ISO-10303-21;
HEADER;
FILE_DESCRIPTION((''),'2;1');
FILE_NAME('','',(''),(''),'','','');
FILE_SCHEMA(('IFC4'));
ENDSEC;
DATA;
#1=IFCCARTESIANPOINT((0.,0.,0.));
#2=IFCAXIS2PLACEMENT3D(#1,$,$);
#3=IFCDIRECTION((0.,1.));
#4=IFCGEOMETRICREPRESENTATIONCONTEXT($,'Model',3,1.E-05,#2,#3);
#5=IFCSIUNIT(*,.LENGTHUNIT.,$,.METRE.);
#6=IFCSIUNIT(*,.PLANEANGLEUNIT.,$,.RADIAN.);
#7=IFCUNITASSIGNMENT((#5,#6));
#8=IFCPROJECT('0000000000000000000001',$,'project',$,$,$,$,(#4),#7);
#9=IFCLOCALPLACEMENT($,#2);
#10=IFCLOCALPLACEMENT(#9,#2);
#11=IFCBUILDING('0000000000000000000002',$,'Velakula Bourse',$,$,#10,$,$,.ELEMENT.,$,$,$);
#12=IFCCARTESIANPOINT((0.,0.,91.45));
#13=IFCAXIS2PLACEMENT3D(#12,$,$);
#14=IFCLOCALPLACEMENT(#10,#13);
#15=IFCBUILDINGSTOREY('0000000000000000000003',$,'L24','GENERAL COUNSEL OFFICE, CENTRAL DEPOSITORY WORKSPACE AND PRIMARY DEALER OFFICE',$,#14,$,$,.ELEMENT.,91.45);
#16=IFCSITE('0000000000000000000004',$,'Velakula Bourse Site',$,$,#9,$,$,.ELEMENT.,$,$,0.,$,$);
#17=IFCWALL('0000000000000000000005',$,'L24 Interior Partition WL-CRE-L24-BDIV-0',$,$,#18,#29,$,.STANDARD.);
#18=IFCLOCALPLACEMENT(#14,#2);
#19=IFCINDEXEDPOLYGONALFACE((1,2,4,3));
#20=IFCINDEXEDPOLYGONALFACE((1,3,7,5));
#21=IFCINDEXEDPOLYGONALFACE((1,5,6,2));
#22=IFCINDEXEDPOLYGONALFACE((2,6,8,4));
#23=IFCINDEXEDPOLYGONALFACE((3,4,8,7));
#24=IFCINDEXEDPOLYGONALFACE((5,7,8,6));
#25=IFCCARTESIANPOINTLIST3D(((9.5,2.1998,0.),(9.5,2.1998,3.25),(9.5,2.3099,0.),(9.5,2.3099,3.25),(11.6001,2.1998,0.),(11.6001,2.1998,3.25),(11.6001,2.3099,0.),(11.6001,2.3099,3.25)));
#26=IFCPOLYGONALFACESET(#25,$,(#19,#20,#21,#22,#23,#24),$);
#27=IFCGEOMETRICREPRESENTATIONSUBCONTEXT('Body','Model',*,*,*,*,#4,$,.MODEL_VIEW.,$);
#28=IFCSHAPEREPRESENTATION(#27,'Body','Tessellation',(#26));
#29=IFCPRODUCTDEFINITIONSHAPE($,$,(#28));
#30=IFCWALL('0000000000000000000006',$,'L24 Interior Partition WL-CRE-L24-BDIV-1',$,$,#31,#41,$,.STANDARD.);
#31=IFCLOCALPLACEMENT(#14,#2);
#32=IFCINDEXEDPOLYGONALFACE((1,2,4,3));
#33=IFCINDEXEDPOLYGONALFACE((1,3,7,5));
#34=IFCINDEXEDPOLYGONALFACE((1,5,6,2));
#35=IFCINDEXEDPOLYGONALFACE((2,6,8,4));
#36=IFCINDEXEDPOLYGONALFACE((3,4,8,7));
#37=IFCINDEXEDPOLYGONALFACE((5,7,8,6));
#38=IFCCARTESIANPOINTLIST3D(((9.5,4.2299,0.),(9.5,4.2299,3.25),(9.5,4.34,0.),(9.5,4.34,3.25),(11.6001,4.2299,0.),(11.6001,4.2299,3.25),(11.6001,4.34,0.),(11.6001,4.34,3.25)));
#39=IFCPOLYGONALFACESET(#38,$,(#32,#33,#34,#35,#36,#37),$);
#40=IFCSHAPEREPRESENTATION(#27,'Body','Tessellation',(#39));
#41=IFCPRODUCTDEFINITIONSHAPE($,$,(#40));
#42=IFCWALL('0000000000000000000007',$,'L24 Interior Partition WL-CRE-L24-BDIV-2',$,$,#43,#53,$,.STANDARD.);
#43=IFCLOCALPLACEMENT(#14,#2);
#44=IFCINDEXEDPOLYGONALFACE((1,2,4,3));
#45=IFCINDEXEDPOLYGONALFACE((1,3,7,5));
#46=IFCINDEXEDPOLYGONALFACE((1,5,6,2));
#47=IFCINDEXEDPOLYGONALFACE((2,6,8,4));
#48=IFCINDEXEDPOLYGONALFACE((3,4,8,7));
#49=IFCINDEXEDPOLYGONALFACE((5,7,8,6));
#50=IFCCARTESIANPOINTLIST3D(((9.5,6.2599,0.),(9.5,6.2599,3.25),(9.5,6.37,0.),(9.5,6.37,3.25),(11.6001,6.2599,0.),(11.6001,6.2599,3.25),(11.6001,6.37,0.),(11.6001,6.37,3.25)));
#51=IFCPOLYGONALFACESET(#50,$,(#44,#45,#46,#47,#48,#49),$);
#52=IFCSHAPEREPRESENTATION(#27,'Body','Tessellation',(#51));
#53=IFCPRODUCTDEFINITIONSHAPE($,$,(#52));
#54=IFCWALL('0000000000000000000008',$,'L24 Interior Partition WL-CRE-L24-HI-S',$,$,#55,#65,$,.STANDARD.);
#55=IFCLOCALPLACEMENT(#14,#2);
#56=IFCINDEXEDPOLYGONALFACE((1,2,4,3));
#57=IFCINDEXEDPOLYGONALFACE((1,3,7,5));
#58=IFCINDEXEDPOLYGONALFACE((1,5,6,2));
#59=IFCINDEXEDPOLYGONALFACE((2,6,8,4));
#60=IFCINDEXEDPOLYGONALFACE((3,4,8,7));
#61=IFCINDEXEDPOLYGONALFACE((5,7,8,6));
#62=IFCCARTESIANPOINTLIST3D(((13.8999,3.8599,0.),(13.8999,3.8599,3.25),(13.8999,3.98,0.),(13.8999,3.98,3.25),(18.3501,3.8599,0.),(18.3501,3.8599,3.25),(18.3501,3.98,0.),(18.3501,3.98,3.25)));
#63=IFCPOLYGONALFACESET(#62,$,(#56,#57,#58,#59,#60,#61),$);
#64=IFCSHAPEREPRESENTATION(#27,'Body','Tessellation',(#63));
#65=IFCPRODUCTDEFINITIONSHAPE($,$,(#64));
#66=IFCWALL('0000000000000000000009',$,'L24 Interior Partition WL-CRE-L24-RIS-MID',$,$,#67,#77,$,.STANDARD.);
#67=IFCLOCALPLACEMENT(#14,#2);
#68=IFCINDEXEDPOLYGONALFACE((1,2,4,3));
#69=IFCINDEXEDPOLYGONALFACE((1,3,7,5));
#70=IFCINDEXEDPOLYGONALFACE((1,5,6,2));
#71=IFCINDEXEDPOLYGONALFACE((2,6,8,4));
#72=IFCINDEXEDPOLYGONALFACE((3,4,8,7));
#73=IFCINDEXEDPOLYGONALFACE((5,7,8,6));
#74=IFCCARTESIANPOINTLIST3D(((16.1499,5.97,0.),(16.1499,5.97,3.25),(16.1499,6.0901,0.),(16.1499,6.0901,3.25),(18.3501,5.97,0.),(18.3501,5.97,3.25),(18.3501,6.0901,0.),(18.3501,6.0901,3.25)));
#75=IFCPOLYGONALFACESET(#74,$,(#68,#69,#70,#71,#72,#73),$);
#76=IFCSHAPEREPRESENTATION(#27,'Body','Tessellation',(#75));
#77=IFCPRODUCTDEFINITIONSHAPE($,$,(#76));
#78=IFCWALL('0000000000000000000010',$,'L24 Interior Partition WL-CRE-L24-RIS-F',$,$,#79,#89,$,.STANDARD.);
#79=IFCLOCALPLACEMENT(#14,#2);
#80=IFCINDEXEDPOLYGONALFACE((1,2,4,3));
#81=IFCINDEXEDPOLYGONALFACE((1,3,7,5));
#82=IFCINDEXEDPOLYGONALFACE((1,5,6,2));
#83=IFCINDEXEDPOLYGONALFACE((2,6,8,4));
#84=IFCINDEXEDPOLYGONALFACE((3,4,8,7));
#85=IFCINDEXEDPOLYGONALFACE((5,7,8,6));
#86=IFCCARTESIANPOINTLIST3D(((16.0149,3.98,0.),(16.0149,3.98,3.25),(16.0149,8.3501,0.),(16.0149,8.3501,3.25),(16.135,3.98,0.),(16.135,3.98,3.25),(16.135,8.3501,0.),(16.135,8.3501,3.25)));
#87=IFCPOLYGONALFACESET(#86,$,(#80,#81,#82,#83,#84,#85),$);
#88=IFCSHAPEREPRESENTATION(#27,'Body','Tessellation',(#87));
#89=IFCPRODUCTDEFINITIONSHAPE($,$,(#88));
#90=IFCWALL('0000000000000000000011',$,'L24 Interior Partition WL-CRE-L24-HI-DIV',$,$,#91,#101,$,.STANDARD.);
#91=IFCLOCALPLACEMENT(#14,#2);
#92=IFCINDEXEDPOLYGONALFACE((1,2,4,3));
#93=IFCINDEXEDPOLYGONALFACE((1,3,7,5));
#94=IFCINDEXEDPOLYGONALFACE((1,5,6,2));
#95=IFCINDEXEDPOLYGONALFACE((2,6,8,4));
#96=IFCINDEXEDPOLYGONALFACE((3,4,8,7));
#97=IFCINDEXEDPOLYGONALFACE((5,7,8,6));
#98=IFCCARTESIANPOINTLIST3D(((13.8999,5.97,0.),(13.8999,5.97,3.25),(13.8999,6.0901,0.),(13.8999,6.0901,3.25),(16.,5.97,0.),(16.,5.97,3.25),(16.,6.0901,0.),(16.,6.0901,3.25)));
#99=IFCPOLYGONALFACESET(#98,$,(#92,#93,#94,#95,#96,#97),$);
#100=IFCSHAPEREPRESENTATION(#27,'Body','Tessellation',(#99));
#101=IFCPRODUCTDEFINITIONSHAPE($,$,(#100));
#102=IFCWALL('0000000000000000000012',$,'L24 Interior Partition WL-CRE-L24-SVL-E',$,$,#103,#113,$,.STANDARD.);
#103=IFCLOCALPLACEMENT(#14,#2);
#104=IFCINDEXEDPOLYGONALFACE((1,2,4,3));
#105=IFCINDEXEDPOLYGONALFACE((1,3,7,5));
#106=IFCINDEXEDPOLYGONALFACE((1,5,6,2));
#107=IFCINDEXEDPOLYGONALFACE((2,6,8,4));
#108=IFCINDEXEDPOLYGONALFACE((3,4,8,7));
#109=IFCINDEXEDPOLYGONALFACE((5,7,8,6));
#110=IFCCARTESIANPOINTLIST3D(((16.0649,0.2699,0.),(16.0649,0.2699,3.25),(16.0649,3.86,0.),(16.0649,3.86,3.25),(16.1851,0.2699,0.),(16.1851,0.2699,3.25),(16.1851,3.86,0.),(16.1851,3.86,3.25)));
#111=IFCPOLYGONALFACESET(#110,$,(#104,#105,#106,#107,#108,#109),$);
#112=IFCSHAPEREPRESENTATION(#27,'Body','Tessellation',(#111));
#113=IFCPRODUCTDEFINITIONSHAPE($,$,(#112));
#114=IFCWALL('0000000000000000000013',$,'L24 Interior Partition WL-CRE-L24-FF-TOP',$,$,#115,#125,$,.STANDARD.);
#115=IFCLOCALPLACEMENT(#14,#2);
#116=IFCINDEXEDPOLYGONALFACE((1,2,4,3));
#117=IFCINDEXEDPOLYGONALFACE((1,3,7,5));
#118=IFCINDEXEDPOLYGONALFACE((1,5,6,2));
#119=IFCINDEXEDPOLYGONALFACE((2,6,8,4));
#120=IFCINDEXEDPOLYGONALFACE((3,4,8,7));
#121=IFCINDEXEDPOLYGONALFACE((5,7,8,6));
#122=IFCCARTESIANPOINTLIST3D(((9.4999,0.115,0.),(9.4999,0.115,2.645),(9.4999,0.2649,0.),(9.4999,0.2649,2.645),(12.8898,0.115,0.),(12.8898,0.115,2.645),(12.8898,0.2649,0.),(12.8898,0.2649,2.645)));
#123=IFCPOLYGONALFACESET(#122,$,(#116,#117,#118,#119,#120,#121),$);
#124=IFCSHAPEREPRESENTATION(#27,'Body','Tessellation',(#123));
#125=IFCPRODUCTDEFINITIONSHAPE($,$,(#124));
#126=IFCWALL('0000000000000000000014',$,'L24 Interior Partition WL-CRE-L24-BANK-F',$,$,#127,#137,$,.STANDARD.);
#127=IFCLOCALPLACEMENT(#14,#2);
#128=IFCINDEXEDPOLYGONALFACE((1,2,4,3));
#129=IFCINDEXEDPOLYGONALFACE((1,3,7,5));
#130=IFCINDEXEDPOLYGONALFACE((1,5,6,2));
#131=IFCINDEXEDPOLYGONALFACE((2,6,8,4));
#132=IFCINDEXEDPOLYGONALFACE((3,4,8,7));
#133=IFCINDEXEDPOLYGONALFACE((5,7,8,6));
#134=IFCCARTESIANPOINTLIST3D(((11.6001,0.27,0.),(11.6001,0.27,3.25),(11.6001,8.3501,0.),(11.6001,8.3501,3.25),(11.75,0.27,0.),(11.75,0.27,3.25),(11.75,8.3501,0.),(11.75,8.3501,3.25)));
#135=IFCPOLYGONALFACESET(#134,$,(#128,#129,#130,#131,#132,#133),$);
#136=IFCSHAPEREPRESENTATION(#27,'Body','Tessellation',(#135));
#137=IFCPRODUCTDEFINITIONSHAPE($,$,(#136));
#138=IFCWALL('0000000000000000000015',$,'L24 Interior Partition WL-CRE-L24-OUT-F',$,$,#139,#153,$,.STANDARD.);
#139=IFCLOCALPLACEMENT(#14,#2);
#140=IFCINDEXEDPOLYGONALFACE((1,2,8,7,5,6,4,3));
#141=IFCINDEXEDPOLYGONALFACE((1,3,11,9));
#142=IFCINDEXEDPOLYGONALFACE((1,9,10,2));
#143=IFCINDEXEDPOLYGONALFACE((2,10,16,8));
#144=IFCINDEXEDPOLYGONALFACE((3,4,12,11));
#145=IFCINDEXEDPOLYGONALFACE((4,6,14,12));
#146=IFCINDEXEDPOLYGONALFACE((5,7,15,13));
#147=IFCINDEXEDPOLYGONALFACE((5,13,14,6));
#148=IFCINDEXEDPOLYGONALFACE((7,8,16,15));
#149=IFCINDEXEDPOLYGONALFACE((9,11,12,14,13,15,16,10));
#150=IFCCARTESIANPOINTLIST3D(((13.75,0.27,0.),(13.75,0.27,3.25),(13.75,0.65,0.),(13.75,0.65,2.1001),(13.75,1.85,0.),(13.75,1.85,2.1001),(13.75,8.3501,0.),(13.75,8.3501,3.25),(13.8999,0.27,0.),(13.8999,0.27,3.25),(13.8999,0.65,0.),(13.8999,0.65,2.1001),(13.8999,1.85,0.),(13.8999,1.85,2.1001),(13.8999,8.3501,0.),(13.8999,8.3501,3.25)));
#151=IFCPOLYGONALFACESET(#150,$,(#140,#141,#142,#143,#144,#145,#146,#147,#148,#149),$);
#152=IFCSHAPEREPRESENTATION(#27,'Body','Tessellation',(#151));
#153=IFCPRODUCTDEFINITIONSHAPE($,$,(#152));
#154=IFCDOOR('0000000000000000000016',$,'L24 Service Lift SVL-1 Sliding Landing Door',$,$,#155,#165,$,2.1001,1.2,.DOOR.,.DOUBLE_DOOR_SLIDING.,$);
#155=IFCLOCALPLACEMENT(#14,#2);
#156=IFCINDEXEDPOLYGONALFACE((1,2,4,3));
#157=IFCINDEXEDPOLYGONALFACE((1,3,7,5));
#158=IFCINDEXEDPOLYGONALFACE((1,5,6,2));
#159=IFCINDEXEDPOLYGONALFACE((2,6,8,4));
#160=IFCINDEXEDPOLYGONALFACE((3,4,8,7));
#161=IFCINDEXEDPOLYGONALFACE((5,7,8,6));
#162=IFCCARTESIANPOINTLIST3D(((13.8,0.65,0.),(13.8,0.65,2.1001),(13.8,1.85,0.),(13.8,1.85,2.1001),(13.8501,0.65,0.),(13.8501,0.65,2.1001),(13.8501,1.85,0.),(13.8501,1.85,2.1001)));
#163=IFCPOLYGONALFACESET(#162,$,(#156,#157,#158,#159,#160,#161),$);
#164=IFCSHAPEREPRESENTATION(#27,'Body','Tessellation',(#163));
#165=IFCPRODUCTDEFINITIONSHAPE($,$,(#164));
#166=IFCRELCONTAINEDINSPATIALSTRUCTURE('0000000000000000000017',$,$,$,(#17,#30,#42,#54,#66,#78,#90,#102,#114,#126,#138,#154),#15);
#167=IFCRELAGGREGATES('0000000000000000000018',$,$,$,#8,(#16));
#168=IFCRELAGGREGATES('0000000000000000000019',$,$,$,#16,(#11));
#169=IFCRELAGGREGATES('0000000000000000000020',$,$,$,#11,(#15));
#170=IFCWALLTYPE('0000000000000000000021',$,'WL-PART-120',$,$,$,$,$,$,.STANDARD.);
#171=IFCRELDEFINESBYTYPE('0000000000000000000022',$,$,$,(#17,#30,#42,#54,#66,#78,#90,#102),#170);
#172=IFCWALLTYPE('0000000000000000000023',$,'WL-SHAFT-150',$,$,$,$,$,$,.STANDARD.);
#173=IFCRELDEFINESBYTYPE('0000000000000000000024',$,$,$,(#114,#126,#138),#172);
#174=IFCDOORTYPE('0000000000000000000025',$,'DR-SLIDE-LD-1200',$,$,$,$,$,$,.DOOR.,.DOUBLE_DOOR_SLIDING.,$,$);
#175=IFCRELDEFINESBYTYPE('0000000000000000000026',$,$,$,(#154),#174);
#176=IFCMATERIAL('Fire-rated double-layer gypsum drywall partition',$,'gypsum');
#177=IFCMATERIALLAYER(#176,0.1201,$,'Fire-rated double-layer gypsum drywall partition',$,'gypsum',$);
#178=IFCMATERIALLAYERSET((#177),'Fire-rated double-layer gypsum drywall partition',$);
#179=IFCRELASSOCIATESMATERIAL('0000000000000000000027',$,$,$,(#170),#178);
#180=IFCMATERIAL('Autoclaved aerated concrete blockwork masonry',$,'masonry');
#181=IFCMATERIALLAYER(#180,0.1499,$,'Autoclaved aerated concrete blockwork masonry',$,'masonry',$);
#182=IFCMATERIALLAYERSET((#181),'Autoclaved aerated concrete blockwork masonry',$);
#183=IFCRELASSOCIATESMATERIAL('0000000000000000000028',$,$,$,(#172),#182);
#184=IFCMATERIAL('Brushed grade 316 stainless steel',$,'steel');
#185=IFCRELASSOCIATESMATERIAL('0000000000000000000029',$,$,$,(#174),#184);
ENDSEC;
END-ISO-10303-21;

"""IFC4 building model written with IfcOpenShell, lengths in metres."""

from ifc_helpers import new_model, si_unit, direction, frame, frame_2d, origin, place, context, subcontext, project, spatial, rectangle, extrude, material, layer, layer_set, type_object, element, fill, save


model = new_model("IFC4")

# Units and contexts
model_context = context("Model", 3, precision=1e-05, world=origin(), true_north=direction((0.0, 1.0)))
body_context = subcontext(model_context, "Body", "Model", "MODEL_VIEW")
ifc_project = project(units=[si_unit("LENGTHUNIT", "METRE"), si_unit("PLANEANGLEUNIT", "RADIAN")], contexts=[model_context])

# Site, building, storey
site_placement = place(None, origin())
site = spatial("IfcSite", under=ifc_project, at=site_placement, Name="Velakula Bourse Site", CompositionType="ELEMENT", RefElevation=0.0)
building_placement = place(site_placement, origin())
building = spatial("IfcBuilding", under=site, at=building_placement, Name="Velakula Bourse", CompositionType="ELEMENT")
storey_placement = place(building_placement, frame((0.0, 0.0, 91.45)))
storey = spatial("IfcBuildingStorey", under=building, at=storey_placement, Name="L24", Description="GENERAL COUNSEL OFFICE, CENTRAL DEPOSITORY WORKSPACE AND PRIMARY DEALER OFFICE", CompositionType="ELEMENT", Elevation=91.45)

# Shared definitions
ifc_material_1 = material(Name="Fire-rated double-layer gypsum drywall partition", Category="gypsum")
ifc_layer_1 = layer(ifc_material_1, 0.1201, Name="Fire-rated double-layer gypsum drywall partition", Category="gypsum")
ifc_layer_set_1 = layer_set([ifc_layer_1], Name="Fire-rated double-layer gypsum drywall partition")
wall_type_1 = type_object("IfcWallType", Name="WL-PART-120", PredefinedType="STANDARD", material=ifc_layer_set_1)

# Walls
for number, where, z_axis, x_axis, name in (
    (1, (9.5, 2.2549, 0.0), (0.0, 0.0, 1.0), (1.0, 0.0, 0.0), "L24 Interior Partition WL-CRE-L24-BDIV-0"),
    (2, (9.5, 4.2849, 0.0), (0.0, 0.0, 1.0), (1.0, 0.0, 0.0), "L24 Interior Partition WL-CRE-L24-BDIV-1"),
    (3, (9.5, 6.3149, 0.0), (0.0, 0.0, 1.0), (1.0, 0.0, 0.0), "L24 Interior Partition WL-CRE-L24-BDIV-2"),
):
    element("IfcWall", number, at=place(storey_placement, frame(where, z_axis=z_axis, x_axis=x_axis)), inside=storey, type_object=wall_type_1, Name=name, PredefinedType="STANDARD", context=body_context, shape_type="SweptSolid", body=[
        extrude(rectangle(XDim=2.1001, YDim=0.1101, at=frame_2d((1.05, 0.0))), origin(), (0.0, 0.0, 1.0), 3.25),
    ])
wall_1_placement = place(storey_placement, frame((13.8999, 3.9199, 0.0), z_axis=(0.0, 0.0, 1.0), x_axis=(1.0, 0.0, 0.0)))
element("IfcWall", 4, at=wall_1_placement, inside=storey, type_object=wall_type_1, Name="L24 Interior Partition WL-CRE-L24-HI-S", PredefinedType="STANDARD", context=body_context, shape_type="SweptSolid", body=[
    extrude(rectangle(XDim=4.4502, YDim=0.1201, at=frame_2d((2.2251, 0.0))), origin(), (0.0, 0.0, 1.0), 3.25),
])
wall_2_placement = place(storey_placement, frame((16.1499, 6.03, 0.0), z_axis=(0.0, 0.0, 1.0), x_axis=(1.0, 0.0, 0.0)))
element("IfcWall", 5, at=wall_2_placement, inside=storey, type_object=wall_type_1, Name="L24 Interior Partition WL-CRE-L24-RIS-MID", PredefinedType="STANDARD", context=body_context, shape_type="SweptSolid", body=[
    extrude(rectangle(XDim=2.2002, YDim=0.1201, at=frame_2d((1.1001, 0.0))), origin(), (0.0, 0.0, 1.0), 3.25),
])
wall_3_placement = place(storey_placement, frame((16.075, 3.98, 0.0), z_axis=(0.0, 0.0, 1.0), x_axis=(0.0, 1.0, 0.0)))
element("IfcWall", 6, at=wall_3_placement, inside=storey, type_object=wall_type_1, Name="L24 Interior Partition WL-CRE-L24-RIS-F", PredefinedType="STANDARD", context=body_context, shape_type="SweptSolid", body=[
    extrude(rectangle(XDim=4.3701, YDim=0.1201, at=frame_2d((2.1851, 0.0))), origin(), (0.0, 0.0, 1.0), 3.25),
])
wall_4_placement = place(storey_placement, frame((13.8999, 6.03, 0.0), z_axis=(0.0, 0.0, 1.0), x_axis=(1.0, 0.0, 0.0)))
element("IfcWall", 7, at=wall_4_placement, inside=storey, type_object=wall_type_1, Name="L24 Interior Partition WL-CRE-L24-HI-DIV", PredefinedType="STANDARD", context=body_context, shape_type="SweptSolid", body=[
    extrude(rectangle(XDim=2.1001, YDim=0.1201, at=frame_2d((1.05, 0.0))), origin(), (0.0, 0.0, 1.0), 3.25),
])
wall_5_placement = place(storey_placement, frame((16.125, 0.27, 0.0), z_axis=(0.0, 0.0, 1.0), x_axis=(0.0, 1.0, 0.0)))
element("IfcWall", 8, at=wall_5_placement, inside=storey, type_object=wall_type_1, Name="L24 Interior Partition WL-CRE-L24-SVL-E", PredefinedType="STANDARD", context=body_context, shape_type="SweptSolid", body=[
    extrude(rectangle(XDim=3.5901, YDim=0.1201, at=frame_2d((1.7949, 0.0))), origin(), (0.0, 0.0, 1.0), 3.25),
])
ifc_material_2 = material(Name="Autoclaved aerated concrete blockwork masonry", Category="masonry")
ifc_layer_2 = layer(ifc_material_2, 0.1499, Name="Autoclaved aerated concrete blockwork masonry", Category="masonry")
ifc_layer_set_2 = layer_set([ifc_layer_2], Name="Autoclaved aerated concrete blockwork masonry")
wall_type_2 = type_object("IfcWallType", Name="WL-SHAFT-150", PredefinedType="STANDARD", material=ifc_layer_set_2)
wall_6_placement = place(storey_placement, frame((9.5, 0.1899, 0.0), z_axis=(0.0, 0.0, 1.0), x_axis=(1.0, 0.0, 0.0)))
element("IfcWall", 9, at=wall_6_placement, inside=storey, type_object=wall_type_2, Name="L24 Interior Partition WL-CRE-L24-FF-TOP", PredefinedType="STANDARD", context=body_context, shape_type="SweptSolid", body=[
    extrude(rectangle(XDim=3.3899, YDim=0.1499, at=frame_2d((1.6948, 0.0))), origin(), (0.0, 0.0, 1.0), 2.645),
])
wall_7_placement = place(storey_placement, frame((11.675, 0.27, 0.0), z_axis=(0.0, 0.0, 1.0), x_axis=(0.0, 1.0, 0.0)))
element("IfcWall", 10, at=wall_7_placement, inside=storey, type_object=wall_type_2, Name="L24 Interior Partition WL-CRE-L24-BANK-F", PredefinedType="STANDARD", context=body_context, shape_type="SweptSolid", body=[
    extrude(rectangle(XDim=8.0801, YDim=0.1499, at=frame_2d((4.04, 0.0))), origin(), (0.0, 0.0, 1.0), 3.25),
])

# Wall, opening, door
wall_8_placement = place(storey_placement, frame((13.825, 0.27, 0.0), z_axis=(0.0, 0.0, 1.0), x_axis=(0.0, 1.0, 0.0)))
wall_8 = element("IfcWall", 11, at=wall_8_placement, inside=storey, type_object=wall_type_2, Name="L24 Interior Partition WL-CRE-L24-OUT-F", PredefinedType="STANDARD", context=body_context, shape_type="SweptSolid", body=[
    extrude(rectangle(XDim=8.0801, YDim=0.1499, at=frame_2d((4.04, 0.0))), origin(), (0.0, 0.0, 1.0), 3.25),
])
opening_1_placement = place(wall_8_placement, frame((0.3799, 0.0, 0.0)))
opening_1 = element("IfcOpeningElement", 12, at=opening_1_placement, cuts=wall_8, PredefinedType="OPENING", context=body_context, shape_type="SweptSolid", body=[
    extrude(rectangle(XDim=1.2, YDim=2.1001, at=frame_2d((0.6001, 1.05))), frame((0.0, 0.085, 0.0), z_axis=(0.0, -1.0, 0.0), x_axis=(1.0, 0.0, 0.0)), (0.0, 0.0, 1.0), 0.1699),
])
ifc_material_3 = material(Name="Brushed grade 316 stainless steel", Category="steel")
door_type_1 = type_object("IfcDoorType", Name="DR-SLIDE-LD-1200", OperationType="DOUBLE_DOOR_SLIDING", PredefinedType="DOOR", material=ifc_material_3)
door_1_placement = place(opening_1_placement, origin())
door_1 = element("IfcDoor", 13, at=door_1_placement, inside=storey, type_object=door_type_1, Name="L24 Service Lift SVL-1 Sliding Landing Door", OperationType="DOUBLE_DOOR_SLIDING", OverallHeight=2.1001, OverallWidth=1.2, PredefinedType="DOOR", context=body_context, shape_type="SweptSolid", body=[
    extrude(rectangle(XDim=1.2, YDim=2.1001, at=frame_2d((0.6001, 1.05))), frame((0.0, 0.0249, 0.0), z_axis=(0.0, -1.0, 0.0), x_axis=(1.0, 0.0, 0.0)), (0.0, 0.0, 1.0), 0.05),
])
fill(opening_1, door_1)

save(model, "model.ifc")
